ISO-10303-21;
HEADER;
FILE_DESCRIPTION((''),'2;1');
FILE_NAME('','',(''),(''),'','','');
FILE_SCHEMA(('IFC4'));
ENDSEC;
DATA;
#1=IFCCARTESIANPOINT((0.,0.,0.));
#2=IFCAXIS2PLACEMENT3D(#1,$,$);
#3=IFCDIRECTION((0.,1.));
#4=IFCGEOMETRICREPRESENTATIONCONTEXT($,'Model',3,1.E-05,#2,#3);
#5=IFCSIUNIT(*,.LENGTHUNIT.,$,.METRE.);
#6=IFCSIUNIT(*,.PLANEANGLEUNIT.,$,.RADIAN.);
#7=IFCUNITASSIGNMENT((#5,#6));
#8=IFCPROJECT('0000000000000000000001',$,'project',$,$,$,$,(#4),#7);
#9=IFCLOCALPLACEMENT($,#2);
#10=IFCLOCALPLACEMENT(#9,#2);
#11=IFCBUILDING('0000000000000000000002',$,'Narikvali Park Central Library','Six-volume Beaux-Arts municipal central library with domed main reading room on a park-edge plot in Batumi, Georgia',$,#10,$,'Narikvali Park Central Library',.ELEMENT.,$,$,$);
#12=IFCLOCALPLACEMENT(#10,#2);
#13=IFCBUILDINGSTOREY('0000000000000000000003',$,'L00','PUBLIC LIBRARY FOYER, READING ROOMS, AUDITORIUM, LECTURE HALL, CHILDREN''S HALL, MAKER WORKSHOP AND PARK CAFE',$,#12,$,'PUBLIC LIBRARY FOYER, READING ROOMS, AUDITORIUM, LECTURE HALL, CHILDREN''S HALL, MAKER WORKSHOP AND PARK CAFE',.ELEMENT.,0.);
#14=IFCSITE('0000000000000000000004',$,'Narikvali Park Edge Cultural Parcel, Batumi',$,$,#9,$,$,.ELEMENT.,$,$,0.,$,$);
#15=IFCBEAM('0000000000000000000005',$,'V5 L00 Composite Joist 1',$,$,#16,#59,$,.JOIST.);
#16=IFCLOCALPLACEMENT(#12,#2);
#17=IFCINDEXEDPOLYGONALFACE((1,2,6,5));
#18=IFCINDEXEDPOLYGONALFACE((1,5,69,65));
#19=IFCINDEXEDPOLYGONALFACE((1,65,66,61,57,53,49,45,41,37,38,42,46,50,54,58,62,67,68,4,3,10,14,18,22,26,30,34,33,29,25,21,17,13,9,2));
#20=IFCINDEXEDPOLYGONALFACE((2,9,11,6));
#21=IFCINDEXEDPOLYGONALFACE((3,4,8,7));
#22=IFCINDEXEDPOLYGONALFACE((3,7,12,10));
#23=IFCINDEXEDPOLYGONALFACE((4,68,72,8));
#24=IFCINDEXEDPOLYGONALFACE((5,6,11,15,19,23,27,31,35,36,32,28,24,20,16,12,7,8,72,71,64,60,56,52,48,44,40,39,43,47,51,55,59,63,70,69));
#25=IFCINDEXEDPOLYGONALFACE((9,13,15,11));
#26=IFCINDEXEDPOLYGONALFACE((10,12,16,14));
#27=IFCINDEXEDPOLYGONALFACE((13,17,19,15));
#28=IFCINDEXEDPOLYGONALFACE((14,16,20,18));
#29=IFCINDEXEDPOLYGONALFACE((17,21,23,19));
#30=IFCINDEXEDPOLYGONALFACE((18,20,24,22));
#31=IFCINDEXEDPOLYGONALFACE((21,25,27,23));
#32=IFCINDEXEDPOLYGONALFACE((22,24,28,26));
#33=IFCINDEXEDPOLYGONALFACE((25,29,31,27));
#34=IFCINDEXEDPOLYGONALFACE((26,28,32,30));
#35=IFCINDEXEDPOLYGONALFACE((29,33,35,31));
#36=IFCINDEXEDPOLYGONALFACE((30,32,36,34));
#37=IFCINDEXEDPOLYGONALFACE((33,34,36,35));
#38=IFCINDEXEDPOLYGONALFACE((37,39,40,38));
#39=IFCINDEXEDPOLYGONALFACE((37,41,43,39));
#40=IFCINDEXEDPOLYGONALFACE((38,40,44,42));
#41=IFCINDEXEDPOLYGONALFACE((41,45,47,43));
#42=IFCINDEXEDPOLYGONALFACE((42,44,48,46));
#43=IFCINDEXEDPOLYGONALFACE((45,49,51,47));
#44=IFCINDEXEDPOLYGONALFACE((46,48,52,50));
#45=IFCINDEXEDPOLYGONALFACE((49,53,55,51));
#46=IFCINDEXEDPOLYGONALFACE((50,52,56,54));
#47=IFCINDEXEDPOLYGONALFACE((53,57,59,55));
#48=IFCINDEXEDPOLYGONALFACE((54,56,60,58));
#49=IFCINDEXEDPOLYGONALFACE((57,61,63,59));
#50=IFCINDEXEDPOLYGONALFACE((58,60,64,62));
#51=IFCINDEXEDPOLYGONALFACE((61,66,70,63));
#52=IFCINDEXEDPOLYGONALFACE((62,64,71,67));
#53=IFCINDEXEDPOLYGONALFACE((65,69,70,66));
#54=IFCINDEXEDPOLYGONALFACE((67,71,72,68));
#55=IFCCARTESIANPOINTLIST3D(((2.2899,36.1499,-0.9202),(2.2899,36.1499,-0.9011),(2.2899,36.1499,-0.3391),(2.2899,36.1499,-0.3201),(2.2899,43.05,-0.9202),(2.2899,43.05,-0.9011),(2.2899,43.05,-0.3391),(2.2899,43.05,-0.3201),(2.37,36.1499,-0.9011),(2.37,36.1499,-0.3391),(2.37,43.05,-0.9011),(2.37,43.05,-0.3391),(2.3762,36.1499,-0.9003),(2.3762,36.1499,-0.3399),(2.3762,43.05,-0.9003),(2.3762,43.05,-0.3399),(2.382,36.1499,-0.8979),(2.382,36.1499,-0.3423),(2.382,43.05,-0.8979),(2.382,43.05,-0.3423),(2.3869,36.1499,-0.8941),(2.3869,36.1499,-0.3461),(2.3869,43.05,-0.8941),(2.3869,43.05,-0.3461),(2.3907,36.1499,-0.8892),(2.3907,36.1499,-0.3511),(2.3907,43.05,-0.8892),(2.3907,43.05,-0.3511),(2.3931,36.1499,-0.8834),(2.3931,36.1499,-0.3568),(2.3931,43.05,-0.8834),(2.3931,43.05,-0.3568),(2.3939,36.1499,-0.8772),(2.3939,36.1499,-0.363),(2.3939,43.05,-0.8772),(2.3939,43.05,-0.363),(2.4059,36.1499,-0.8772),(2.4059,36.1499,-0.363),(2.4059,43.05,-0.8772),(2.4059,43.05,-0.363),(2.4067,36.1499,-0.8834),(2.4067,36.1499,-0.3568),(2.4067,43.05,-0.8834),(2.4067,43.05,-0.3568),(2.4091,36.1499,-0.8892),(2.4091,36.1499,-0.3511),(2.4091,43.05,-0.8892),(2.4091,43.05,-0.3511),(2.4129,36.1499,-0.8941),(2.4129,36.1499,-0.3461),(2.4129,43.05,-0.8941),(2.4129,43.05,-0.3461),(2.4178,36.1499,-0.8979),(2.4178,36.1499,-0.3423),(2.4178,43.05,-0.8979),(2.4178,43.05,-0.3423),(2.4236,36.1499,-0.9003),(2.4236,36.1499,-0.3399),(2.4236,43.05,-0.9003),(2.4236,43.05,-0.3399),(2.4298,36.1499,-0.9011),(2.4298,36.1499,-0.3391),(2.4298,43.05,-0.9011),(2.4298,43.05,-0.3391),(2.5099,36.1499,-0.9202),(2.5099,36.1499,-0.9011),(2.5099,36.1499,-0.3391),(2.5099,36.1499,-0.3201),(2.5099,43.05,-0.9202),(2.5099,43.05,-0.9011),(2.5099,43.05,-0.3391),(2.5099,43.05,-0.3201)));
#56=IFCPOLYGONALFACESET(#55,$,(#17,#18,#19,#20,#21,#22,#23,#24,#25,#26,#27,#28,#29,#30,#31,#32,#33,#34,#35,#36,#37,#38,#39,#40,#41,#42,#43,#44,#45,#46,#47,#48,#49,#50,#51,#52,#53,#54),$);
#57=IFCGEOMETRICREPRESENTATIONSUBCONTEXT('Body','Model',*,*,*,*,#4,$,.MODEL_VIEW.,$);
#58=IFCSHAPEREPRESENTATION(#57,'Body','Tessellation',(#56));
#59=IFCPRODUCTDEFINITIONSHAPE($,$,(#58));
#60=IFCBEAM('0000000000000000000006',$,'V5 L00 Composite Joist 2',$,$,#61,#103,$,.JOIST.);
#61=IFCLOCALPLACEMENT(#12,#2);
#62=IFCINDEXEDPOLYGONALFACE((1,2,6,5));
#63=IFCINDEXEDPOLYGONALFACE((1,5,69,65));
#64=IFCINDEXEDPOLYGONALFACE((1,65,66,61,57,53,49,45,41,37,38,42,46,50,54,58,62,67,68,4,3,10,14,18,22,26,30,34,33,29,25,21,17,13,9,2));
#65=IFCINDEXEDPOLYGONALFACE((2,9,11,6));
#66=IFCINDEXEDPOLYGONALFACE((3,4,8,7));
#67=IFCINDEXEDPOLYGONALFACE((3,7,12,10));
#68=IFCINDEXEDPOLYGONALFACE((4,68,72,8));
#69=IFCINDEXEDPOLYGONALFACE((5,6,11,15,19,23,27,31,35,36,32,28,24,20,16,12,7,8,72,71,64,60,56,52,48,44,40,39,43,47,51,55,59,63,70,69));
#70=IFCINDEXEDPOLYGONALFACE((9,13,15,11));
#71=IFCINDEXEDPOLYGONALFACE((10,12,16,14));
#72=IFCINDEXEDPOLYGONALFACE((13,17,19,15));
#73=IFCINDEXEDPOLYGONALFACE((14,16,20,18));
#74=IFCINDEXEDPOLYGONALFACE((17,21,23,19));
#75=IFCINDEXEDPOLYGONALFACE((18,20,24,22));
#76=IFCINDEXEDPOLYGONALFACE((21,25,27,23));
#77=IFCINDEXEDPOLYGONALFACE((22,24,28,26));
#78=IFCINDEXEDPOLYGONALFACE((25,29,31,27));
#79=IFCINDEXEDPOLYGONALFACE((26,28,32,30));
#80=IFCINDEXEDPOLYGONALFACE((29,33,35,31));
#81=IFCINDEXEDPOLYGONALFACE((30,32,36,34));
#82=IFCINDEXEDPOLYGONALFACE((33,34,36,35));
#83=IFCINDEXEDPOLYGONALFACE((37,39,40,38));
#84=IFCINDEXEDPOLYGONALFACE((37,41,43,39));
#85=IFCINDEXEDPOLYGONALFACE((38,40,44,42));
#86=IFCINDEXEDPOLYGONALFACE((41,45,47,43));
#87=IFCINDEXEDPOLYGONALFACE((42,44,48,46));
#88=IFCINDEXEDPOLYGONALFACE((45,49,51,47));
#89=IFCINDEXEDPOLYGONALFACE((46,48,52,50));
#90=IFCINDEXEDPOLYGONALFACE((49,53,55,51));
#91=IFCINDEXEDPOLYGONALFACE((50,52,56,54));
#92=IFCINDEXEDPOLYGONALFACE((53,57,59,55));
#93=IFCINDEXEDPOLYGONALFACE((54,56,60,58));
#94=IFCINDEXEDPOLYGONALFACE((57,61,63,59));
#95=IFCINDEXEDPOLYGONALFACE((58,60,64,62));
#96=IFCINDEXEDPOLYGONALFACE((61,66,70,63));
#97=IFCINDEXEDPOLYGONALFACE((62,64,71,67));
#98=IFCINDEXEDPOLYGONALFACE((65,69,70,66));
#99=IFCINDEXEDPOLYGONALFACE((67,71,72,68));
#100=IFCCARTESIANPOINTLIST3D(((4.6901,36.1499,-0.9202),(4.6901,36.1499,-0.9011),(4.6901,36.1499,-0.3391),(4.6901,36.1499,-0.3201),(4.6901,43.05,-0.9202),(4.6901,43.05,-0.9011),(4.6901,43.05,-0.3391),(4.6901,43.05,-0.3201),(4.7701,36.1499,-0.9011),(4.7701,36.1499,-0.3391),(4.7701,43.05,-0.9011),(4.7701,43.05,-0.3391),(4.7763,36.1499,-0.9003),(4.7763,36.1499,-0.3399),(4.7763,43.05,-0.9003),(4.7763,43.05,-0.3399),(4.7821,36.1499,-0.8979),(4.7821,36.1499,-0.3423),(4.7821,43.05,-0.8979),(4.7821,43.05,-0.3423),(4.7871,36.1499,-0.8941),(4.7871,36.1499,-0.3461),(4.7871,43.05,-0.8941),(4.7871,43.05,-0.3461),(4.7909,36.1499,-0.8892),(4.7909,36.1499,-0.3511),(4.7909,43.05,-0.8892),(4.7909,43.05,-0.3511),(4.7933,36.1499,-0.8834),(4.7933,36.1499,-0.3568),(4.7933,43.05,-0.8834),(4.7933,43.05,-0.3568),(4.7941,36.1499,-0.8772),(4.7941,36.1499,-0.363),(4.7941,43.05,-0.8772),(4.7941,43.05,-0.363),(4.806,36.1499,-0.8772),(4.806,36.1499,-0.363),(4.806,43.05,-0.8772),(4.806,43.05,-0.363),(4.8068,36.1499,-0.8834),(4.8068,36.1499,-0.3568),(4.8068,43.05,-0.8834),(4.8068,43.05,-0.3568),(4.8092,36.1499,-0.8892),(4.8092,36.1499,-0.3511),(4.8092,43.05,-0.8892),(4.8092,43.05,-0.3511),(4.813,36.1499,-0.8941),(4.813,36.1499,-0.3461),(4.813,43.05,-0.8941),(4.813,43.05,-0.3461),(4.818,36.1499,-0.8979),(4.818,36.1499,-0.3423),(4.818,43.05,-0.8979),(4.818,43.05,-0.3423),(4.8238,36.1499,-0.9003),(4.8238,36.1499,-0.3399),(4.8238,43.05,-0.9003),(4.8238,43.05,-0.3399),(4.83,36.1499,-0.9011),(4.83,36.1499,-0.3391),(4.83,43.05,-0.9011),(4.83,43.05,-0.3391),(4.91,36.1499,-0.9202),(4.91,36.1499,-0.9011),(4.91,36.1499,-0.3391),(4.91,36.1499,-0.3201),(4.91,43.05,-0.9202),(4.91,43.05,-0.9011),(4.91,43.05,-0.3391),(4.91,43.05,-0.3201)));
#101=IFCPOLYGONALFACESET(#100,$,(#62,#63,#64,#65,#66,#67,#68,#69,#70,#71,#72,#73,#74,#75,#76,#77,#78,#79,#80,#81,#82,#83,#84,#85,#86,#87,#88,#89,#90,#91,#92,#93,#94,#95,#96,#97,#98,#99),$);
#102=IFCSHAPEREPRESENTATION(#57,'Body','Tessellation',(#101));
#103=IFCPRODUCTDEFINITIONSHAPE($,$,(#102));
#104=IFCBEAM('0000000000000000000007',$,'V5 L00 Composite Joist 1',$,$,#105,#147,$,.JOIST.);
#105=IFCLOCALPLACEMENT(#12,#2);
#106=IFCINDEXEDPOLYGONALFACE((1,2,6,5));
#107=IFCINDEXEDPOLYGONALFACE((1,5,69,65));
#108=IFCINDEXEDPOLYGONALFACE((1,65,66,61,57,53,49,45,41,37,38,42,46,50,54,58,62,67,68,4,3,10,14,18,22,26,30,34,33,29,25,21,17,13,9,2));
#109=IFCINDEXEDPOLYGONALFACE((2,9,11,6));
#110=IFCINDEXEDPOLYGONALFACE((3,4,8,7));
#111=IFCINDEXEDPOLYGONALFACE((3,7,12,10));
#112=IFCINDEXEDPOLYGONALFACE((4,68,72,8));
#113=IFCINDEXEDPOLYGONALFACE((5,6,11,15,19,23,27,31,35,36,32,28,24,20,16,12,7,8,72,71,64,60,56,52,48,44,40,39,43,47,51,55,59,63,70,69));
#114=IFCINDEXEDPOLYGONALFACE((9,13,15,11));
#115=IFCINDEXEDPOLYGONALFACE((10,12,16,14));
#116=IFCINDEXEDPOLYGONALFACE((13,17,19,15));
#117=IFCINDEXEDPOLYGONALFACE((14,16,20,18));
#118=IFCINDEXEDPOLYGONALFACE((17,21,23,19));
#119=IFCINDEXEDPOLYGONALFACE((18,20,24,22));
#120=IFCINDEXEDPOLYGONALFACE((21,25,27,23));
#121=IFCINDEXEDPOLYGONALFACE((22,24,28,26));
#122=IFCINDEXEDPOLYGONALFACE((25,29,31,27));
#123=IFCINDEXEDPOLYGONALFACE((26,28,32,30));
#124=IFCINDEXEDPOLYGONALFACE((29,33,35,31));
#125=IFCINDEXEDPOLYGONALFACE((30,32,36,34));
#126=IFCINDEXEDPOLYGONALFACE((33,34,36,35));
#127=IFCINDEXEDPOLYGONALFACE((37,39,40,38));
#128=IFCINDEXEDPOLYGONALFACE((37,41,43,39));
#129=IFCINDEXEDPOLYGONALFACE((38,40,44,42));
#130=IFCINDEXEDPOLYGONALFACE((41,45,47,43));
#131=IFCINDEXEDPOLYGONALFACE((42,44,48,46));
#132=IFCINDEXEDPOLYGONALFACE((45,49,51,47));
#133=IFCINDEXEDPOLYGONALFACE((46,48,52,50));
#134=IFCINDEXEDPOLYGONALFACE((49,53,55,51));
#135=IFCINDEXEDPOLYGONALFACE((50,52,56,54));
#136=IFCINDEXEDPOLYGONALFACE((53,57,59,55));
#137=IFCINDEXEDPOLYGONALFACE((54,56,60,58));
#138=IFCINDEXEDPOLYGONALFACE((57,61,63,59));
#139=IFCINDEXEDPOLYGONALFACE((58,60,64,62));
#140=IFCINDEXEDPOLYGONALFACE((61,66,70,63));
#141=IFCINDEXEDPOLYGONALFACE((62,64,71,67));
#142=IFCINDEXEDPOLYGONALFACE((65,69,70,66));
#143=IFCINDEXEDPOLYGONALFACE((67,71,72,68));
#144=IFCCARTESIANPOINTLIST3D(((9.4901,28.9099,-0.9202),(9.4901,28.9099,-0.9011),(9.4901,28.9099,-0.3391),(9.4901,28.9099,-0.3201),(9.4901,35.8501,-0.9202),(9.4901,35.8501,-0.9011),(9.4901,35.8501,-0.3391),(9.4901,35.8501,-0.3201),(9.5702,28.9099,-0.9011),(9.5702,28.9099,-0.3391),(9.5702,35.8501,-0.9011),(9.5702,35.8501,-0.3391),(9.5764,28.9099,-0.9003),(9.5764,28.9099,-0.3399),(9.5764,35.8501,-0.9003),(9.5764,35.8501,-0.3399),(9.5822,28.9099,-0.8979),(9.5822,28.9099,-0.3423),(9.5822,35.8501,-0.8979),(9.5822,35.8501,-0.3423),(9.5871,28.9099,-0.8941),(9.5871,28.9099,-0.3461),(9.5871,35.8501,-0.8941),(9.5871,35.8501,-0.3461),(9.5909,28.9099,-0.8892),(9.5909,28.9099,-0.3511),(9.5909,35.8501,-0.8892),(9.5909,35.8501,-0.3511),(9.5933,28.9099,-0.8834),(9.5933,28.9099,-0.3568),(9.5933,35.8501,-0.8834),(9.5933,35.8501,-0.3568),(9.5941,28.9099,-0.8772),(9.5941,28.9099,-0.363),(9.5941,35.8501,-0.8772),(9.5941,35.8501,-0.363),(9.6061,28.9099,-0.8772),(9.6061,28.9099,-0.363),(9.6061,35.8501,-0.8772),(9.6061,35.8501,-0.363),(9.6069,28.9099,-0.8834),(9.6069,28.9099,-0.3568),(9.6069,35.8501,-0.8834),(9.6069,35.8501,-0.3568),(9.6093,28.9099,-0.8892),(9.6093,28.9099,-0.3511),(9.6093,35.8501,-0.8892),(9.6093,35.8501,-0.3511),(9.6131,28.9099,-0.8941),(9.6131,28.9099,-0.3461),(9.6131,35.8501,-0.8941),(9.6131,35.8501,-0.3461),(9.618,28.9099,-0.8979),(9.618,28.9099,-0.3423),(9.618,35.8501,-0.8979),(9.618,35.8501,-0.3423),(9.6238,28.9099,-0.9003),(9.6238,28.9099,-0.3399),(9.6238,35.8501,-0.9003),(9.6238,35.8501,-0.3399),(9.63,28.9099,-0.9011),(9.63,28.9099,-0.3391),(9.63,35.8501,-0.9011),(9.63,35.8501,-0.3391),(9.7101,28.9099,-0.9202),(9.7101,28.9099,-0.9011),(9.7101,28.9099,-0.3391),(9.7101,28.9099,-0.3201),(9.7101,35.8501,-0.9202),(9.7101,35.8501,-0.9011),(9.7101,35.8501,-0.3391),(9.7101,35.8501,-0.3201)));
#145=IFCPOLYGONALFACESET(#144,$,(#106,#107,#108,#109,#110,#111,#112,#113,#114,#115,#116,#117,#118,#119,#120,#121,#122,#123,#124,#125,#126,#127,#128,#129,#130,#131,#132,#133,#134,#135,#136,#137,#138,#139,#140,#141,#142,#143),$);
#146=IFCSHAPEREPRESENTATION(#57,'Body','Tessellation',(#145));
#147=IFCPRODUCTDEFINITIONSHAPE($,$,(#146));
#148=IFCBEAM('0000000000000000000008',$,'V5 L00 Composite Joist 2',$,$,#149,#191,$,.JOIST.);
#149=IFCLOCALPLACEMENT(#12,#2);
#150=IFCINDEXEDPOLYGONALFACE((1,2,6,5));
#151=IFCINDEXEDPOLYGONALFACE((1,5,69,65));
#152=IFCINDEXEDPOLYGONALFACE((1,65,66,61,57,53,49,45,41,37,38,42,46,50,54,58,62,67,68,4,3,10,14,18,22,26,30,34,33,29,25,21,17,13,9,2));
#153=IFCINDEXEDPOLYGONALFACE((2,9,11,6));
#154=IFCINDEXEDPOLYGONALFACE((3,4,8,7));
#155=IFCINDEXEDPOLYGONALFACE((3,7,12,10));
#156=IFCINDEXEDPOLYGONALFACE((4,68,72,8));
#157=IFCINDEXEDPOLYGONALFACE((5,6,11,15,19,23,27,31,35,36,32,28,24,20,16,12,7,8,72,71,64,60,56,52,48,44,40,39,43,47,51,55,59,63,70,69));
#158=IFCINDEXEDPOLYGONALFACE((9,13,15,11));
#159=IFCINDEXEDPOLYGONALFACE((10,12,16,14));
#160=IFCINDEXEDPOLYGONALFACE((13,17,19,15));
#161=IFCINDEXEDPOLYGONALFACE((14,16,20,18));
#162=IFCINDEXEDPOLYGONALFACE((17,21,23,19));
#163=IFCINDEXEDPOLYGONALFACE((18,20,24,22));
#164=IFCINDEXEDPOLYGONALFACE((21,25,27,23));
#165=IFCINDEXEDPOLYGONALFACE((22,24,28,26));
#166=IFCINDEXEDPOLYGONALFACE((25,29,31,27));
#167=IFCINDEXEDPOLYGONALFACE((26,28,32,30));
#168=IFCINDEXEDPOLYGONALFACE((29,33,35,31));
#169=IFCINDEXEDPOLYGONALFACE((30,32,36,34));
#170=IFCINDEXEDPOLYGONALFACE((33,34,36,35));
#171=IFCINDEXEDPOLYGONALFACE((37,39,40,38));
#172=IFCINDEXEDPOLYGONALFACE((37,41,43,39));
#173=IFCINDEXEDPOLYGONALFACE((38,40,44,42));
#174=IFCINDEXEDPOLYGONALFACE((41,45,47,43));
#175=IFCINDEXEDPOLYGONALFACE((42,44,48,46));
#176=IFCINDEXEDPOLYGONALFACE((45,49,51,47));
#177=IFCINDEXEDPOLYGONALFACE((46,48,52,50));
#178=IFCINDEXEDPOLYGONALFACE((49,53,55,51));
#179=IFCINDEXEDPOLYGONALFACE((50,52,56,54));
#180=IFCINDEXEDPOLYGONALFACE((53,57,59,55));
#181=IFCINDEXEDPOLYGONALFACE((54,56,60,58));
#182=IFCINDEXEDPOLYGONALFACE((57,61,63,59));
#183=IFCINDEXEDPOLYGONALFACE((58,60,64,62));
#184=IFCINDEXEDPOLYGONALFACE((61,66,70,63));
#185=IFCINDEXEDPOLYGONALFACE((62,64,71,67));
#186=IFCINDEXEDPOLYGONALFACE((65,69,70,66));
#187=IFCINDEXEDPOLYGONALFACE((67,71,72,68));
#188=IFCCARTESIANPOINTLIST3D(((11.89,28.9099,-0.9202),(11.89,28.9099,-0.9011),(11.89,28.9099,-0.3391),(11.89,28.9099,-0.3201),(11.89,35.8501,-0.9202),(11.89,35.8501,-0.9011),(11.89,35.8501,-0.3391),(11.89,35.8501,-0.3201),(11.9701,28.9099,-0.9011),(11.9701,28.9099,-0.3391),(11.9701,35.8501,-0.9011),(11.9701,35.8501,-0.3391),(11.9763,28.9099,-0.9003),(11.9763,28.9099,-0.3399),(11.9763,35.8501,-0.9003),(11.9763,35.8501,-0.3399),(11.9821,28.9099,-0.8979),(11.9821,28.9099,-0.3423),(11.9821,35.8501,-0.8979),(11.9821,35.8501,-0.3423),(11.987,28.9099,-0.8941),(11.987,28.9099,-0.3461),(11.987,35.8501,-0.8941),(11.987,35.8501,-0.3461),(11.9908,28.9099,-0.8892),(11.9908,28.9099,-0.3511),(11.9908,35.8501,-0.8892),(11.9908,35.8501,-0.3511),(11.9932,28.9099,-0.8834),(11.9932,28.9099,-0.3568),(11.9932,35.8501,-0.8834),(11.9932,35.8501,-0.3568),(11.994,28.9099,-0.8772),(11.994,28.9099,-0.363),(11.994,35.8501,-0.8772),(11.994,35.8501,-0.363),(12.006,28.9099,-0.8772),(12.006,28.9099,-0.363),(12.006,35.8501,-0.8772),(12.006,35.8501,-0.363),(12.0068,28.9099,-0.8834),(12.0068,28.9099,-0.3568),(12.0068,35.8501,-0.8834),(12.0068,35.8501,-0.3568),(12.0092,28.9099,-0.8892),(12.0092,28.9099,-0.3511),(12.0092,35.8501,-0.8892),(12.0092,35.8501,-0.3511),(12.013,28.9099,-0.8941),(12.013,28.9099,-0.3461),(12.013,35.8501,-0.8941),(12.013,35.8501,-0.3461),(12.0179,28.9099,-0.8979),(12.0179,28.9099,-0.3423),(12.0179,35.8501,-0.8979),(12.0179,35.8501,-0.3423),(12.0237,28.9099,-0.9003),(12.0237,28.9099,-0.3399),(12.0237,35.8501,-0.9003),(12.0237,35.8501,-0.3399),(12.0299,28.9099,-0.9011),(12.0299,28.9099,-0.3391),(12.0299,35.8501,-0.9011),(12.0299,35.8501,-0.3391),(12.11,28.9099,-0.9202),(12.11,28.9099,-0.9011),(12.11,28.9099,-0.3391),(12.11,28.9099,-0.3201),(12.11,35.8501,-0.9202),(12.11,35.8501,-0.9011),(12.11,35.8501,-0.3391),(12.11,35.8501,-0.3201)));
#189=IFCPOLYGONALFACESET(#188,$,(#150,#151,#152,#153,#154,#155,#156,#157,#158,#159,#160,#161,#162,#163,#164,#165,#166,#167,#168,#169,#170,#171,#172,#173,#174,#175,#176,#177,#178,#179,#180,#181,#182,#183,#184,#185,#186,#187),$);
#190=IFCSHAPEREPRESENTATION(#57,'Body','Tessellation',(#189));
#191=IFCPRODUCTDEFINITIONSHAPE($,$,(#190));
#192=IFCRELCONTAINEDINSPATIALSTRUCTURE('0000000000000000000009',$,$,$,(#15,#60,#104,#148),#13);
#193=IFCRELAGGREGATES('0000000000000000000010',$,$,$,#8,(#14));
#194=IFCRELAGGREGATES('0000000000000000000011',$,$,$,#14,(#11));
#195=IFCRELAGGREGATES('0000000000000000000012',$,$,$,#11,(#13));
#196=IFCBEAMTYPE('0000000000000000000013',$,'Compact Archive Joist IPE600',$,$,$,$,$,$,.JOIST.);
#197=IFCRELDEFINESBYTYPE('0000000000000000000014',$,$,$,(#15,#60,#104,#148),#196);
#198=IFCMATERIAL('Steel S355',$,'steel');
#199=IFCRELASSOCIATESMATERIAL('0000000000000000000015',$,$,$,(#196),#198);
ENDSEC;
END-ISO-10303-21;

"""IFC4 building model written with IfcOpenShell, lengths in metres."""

from ifc_helpers import new_model, si_unit, direction, frame, origin, origin_2d, place, context, subcontext, project, spatial, i_section, extrude, material, material_profile, profile_set, type_object, element, save


model = new_model("IFC4")

# Units and contexts
model_context = context("Model", 3, precision=1e-05, world=origin(), true_north=direction((0.0, 1.0)))
body_context = subcontext(model_context, "Body", "Model", "MODEL_VIEW")
ifc_project = project(units=[si_unit("LENGTHUNIT", "METRE"), si_unit("PLANEANGLEUNIT", "RADIAN")], contexts=[model_context])

# Site, building, storey
site_placement = place(None, origin())
site = spatial("IfcSite", under=ifc_project, at=site_placement, Name="Narikvali Park Edge Cultural Parcel, Batumi", CompositionType="ELEMENT", RefElevation=0.0)
building_placement = place(site_placement, origin())
building = spatial("IfcBuilding", under=site, at=building_placement, Name="Narikvali Park Central Library", Description="Six-volume Beaux-Arts municipal central library with domed main reading room on a park-edge plot in Batumi, Georgia", LongName="Narikvali Park Central Library", CompositionType="ELEMENT")
storey_placement = place(building_placement, origin())
storey = spatial("IfcBuildingStorey", under=building, at=storey_placement, Name="L00", Description="PUBLIC LIBRARY FOYER, READING ROOMS, AUDITORIUM, LECTURE HALL, CHILDREN'S HALL, MAKER WORKSHOP AND PARK CAFE", LongName="PUBLIC LIBRARY FOYER, READING ROOMS, AUDITORIUM, LECTURE HALL, CHILDREN'S HALL, MAKER WORKSHOP AND PARK CAFE", CompositionType="ELEMENT", Elevation=0.0)

# Shared definitions
ifc_material_1 = material(Name="Steel S355", Category="steel")

# Beams
ifc_material_profile_1 = material_profile(ifc_material_1, i_section(OverallWidth=0.22, OverallDepth=0.6001, WebThickness=0.012, FlangeThickness=0.019, FilletRadius=0.0239, at=origin_2d()), Name="IPE 600")
ifc_profile_set_1 = profile_set([ifc_material_profile_1], Name="Steel S355")
beam_type_1 = type_object("IfcBeamType", Name="Compact Archive Joist IPE600", PredefinedType="JOIST", material=ifc_profile_set_1)
for number, where, z_axis, x_axis, name in (
    (1, (2.3999, 36.1499, -0.6201), (0.0, 1.0, 0.0), (-1.0, 0.0, 0.0), "V5 L00 Composite Joist 1"),
    (2, (4.8, 36.1499, -0.6201), (0.0, 1.0, 0.0), (-1.0, 0.0, 0.0), "V5 L00 Composite Joist 2"),
):
    element("IfcBeam", number, at=place(storey_placement, frame(where, z_axis=z_axis, x_axis=x_axis)), inside=storey, type_object=beam_type_1, Name=name, PredefinedType="JOIST", context=body_context, shape_type="SweptSolid", body=[
        extrude(i_section(OverallWidth=0.22, OverallDepth=0.6001, WebThickness=0.012, FlangeThickness=0.019, FilletRadius=0.0239, at=origin_2d()), origin(), (0.0, 0.0, 1.0), 6.9001),
    ])
for number, where, z_axis, x_axis, name in (
    (3, (9.6001, 28.9099, -0.6201), (0.0, 1.0, 0.0), (-1.0, 0.0, 0.0), "V5 L00 Composite Joist 1"),
    (4, (12.0, 28.9099, -0.6201), (0.0, 1.0, 0.0), (-1.0, 0.0, 0.0), "V5 L00 Composite Joist 2"),
):
    element("IfcBeam", number, at=place(storey_placement, frame(where, z_axis=z_axis, x_axis=x_axis)), inside=storey, type_object=beam_type_1, Name=name, PredefinedType="JOIST", context=body_context, shape_type="SweptSolid", body=[
        extrude(i_section(OverallWidth=0.22, OverallDepth=0.6001, WebThickness=0.012, FlangeThickness=0.019, FilletRadius=0.0239, at=origin_2d()), origin(), (0.0, 0.0, 1.0), 6.9402),
    ])

save(model, "model.ifc")
